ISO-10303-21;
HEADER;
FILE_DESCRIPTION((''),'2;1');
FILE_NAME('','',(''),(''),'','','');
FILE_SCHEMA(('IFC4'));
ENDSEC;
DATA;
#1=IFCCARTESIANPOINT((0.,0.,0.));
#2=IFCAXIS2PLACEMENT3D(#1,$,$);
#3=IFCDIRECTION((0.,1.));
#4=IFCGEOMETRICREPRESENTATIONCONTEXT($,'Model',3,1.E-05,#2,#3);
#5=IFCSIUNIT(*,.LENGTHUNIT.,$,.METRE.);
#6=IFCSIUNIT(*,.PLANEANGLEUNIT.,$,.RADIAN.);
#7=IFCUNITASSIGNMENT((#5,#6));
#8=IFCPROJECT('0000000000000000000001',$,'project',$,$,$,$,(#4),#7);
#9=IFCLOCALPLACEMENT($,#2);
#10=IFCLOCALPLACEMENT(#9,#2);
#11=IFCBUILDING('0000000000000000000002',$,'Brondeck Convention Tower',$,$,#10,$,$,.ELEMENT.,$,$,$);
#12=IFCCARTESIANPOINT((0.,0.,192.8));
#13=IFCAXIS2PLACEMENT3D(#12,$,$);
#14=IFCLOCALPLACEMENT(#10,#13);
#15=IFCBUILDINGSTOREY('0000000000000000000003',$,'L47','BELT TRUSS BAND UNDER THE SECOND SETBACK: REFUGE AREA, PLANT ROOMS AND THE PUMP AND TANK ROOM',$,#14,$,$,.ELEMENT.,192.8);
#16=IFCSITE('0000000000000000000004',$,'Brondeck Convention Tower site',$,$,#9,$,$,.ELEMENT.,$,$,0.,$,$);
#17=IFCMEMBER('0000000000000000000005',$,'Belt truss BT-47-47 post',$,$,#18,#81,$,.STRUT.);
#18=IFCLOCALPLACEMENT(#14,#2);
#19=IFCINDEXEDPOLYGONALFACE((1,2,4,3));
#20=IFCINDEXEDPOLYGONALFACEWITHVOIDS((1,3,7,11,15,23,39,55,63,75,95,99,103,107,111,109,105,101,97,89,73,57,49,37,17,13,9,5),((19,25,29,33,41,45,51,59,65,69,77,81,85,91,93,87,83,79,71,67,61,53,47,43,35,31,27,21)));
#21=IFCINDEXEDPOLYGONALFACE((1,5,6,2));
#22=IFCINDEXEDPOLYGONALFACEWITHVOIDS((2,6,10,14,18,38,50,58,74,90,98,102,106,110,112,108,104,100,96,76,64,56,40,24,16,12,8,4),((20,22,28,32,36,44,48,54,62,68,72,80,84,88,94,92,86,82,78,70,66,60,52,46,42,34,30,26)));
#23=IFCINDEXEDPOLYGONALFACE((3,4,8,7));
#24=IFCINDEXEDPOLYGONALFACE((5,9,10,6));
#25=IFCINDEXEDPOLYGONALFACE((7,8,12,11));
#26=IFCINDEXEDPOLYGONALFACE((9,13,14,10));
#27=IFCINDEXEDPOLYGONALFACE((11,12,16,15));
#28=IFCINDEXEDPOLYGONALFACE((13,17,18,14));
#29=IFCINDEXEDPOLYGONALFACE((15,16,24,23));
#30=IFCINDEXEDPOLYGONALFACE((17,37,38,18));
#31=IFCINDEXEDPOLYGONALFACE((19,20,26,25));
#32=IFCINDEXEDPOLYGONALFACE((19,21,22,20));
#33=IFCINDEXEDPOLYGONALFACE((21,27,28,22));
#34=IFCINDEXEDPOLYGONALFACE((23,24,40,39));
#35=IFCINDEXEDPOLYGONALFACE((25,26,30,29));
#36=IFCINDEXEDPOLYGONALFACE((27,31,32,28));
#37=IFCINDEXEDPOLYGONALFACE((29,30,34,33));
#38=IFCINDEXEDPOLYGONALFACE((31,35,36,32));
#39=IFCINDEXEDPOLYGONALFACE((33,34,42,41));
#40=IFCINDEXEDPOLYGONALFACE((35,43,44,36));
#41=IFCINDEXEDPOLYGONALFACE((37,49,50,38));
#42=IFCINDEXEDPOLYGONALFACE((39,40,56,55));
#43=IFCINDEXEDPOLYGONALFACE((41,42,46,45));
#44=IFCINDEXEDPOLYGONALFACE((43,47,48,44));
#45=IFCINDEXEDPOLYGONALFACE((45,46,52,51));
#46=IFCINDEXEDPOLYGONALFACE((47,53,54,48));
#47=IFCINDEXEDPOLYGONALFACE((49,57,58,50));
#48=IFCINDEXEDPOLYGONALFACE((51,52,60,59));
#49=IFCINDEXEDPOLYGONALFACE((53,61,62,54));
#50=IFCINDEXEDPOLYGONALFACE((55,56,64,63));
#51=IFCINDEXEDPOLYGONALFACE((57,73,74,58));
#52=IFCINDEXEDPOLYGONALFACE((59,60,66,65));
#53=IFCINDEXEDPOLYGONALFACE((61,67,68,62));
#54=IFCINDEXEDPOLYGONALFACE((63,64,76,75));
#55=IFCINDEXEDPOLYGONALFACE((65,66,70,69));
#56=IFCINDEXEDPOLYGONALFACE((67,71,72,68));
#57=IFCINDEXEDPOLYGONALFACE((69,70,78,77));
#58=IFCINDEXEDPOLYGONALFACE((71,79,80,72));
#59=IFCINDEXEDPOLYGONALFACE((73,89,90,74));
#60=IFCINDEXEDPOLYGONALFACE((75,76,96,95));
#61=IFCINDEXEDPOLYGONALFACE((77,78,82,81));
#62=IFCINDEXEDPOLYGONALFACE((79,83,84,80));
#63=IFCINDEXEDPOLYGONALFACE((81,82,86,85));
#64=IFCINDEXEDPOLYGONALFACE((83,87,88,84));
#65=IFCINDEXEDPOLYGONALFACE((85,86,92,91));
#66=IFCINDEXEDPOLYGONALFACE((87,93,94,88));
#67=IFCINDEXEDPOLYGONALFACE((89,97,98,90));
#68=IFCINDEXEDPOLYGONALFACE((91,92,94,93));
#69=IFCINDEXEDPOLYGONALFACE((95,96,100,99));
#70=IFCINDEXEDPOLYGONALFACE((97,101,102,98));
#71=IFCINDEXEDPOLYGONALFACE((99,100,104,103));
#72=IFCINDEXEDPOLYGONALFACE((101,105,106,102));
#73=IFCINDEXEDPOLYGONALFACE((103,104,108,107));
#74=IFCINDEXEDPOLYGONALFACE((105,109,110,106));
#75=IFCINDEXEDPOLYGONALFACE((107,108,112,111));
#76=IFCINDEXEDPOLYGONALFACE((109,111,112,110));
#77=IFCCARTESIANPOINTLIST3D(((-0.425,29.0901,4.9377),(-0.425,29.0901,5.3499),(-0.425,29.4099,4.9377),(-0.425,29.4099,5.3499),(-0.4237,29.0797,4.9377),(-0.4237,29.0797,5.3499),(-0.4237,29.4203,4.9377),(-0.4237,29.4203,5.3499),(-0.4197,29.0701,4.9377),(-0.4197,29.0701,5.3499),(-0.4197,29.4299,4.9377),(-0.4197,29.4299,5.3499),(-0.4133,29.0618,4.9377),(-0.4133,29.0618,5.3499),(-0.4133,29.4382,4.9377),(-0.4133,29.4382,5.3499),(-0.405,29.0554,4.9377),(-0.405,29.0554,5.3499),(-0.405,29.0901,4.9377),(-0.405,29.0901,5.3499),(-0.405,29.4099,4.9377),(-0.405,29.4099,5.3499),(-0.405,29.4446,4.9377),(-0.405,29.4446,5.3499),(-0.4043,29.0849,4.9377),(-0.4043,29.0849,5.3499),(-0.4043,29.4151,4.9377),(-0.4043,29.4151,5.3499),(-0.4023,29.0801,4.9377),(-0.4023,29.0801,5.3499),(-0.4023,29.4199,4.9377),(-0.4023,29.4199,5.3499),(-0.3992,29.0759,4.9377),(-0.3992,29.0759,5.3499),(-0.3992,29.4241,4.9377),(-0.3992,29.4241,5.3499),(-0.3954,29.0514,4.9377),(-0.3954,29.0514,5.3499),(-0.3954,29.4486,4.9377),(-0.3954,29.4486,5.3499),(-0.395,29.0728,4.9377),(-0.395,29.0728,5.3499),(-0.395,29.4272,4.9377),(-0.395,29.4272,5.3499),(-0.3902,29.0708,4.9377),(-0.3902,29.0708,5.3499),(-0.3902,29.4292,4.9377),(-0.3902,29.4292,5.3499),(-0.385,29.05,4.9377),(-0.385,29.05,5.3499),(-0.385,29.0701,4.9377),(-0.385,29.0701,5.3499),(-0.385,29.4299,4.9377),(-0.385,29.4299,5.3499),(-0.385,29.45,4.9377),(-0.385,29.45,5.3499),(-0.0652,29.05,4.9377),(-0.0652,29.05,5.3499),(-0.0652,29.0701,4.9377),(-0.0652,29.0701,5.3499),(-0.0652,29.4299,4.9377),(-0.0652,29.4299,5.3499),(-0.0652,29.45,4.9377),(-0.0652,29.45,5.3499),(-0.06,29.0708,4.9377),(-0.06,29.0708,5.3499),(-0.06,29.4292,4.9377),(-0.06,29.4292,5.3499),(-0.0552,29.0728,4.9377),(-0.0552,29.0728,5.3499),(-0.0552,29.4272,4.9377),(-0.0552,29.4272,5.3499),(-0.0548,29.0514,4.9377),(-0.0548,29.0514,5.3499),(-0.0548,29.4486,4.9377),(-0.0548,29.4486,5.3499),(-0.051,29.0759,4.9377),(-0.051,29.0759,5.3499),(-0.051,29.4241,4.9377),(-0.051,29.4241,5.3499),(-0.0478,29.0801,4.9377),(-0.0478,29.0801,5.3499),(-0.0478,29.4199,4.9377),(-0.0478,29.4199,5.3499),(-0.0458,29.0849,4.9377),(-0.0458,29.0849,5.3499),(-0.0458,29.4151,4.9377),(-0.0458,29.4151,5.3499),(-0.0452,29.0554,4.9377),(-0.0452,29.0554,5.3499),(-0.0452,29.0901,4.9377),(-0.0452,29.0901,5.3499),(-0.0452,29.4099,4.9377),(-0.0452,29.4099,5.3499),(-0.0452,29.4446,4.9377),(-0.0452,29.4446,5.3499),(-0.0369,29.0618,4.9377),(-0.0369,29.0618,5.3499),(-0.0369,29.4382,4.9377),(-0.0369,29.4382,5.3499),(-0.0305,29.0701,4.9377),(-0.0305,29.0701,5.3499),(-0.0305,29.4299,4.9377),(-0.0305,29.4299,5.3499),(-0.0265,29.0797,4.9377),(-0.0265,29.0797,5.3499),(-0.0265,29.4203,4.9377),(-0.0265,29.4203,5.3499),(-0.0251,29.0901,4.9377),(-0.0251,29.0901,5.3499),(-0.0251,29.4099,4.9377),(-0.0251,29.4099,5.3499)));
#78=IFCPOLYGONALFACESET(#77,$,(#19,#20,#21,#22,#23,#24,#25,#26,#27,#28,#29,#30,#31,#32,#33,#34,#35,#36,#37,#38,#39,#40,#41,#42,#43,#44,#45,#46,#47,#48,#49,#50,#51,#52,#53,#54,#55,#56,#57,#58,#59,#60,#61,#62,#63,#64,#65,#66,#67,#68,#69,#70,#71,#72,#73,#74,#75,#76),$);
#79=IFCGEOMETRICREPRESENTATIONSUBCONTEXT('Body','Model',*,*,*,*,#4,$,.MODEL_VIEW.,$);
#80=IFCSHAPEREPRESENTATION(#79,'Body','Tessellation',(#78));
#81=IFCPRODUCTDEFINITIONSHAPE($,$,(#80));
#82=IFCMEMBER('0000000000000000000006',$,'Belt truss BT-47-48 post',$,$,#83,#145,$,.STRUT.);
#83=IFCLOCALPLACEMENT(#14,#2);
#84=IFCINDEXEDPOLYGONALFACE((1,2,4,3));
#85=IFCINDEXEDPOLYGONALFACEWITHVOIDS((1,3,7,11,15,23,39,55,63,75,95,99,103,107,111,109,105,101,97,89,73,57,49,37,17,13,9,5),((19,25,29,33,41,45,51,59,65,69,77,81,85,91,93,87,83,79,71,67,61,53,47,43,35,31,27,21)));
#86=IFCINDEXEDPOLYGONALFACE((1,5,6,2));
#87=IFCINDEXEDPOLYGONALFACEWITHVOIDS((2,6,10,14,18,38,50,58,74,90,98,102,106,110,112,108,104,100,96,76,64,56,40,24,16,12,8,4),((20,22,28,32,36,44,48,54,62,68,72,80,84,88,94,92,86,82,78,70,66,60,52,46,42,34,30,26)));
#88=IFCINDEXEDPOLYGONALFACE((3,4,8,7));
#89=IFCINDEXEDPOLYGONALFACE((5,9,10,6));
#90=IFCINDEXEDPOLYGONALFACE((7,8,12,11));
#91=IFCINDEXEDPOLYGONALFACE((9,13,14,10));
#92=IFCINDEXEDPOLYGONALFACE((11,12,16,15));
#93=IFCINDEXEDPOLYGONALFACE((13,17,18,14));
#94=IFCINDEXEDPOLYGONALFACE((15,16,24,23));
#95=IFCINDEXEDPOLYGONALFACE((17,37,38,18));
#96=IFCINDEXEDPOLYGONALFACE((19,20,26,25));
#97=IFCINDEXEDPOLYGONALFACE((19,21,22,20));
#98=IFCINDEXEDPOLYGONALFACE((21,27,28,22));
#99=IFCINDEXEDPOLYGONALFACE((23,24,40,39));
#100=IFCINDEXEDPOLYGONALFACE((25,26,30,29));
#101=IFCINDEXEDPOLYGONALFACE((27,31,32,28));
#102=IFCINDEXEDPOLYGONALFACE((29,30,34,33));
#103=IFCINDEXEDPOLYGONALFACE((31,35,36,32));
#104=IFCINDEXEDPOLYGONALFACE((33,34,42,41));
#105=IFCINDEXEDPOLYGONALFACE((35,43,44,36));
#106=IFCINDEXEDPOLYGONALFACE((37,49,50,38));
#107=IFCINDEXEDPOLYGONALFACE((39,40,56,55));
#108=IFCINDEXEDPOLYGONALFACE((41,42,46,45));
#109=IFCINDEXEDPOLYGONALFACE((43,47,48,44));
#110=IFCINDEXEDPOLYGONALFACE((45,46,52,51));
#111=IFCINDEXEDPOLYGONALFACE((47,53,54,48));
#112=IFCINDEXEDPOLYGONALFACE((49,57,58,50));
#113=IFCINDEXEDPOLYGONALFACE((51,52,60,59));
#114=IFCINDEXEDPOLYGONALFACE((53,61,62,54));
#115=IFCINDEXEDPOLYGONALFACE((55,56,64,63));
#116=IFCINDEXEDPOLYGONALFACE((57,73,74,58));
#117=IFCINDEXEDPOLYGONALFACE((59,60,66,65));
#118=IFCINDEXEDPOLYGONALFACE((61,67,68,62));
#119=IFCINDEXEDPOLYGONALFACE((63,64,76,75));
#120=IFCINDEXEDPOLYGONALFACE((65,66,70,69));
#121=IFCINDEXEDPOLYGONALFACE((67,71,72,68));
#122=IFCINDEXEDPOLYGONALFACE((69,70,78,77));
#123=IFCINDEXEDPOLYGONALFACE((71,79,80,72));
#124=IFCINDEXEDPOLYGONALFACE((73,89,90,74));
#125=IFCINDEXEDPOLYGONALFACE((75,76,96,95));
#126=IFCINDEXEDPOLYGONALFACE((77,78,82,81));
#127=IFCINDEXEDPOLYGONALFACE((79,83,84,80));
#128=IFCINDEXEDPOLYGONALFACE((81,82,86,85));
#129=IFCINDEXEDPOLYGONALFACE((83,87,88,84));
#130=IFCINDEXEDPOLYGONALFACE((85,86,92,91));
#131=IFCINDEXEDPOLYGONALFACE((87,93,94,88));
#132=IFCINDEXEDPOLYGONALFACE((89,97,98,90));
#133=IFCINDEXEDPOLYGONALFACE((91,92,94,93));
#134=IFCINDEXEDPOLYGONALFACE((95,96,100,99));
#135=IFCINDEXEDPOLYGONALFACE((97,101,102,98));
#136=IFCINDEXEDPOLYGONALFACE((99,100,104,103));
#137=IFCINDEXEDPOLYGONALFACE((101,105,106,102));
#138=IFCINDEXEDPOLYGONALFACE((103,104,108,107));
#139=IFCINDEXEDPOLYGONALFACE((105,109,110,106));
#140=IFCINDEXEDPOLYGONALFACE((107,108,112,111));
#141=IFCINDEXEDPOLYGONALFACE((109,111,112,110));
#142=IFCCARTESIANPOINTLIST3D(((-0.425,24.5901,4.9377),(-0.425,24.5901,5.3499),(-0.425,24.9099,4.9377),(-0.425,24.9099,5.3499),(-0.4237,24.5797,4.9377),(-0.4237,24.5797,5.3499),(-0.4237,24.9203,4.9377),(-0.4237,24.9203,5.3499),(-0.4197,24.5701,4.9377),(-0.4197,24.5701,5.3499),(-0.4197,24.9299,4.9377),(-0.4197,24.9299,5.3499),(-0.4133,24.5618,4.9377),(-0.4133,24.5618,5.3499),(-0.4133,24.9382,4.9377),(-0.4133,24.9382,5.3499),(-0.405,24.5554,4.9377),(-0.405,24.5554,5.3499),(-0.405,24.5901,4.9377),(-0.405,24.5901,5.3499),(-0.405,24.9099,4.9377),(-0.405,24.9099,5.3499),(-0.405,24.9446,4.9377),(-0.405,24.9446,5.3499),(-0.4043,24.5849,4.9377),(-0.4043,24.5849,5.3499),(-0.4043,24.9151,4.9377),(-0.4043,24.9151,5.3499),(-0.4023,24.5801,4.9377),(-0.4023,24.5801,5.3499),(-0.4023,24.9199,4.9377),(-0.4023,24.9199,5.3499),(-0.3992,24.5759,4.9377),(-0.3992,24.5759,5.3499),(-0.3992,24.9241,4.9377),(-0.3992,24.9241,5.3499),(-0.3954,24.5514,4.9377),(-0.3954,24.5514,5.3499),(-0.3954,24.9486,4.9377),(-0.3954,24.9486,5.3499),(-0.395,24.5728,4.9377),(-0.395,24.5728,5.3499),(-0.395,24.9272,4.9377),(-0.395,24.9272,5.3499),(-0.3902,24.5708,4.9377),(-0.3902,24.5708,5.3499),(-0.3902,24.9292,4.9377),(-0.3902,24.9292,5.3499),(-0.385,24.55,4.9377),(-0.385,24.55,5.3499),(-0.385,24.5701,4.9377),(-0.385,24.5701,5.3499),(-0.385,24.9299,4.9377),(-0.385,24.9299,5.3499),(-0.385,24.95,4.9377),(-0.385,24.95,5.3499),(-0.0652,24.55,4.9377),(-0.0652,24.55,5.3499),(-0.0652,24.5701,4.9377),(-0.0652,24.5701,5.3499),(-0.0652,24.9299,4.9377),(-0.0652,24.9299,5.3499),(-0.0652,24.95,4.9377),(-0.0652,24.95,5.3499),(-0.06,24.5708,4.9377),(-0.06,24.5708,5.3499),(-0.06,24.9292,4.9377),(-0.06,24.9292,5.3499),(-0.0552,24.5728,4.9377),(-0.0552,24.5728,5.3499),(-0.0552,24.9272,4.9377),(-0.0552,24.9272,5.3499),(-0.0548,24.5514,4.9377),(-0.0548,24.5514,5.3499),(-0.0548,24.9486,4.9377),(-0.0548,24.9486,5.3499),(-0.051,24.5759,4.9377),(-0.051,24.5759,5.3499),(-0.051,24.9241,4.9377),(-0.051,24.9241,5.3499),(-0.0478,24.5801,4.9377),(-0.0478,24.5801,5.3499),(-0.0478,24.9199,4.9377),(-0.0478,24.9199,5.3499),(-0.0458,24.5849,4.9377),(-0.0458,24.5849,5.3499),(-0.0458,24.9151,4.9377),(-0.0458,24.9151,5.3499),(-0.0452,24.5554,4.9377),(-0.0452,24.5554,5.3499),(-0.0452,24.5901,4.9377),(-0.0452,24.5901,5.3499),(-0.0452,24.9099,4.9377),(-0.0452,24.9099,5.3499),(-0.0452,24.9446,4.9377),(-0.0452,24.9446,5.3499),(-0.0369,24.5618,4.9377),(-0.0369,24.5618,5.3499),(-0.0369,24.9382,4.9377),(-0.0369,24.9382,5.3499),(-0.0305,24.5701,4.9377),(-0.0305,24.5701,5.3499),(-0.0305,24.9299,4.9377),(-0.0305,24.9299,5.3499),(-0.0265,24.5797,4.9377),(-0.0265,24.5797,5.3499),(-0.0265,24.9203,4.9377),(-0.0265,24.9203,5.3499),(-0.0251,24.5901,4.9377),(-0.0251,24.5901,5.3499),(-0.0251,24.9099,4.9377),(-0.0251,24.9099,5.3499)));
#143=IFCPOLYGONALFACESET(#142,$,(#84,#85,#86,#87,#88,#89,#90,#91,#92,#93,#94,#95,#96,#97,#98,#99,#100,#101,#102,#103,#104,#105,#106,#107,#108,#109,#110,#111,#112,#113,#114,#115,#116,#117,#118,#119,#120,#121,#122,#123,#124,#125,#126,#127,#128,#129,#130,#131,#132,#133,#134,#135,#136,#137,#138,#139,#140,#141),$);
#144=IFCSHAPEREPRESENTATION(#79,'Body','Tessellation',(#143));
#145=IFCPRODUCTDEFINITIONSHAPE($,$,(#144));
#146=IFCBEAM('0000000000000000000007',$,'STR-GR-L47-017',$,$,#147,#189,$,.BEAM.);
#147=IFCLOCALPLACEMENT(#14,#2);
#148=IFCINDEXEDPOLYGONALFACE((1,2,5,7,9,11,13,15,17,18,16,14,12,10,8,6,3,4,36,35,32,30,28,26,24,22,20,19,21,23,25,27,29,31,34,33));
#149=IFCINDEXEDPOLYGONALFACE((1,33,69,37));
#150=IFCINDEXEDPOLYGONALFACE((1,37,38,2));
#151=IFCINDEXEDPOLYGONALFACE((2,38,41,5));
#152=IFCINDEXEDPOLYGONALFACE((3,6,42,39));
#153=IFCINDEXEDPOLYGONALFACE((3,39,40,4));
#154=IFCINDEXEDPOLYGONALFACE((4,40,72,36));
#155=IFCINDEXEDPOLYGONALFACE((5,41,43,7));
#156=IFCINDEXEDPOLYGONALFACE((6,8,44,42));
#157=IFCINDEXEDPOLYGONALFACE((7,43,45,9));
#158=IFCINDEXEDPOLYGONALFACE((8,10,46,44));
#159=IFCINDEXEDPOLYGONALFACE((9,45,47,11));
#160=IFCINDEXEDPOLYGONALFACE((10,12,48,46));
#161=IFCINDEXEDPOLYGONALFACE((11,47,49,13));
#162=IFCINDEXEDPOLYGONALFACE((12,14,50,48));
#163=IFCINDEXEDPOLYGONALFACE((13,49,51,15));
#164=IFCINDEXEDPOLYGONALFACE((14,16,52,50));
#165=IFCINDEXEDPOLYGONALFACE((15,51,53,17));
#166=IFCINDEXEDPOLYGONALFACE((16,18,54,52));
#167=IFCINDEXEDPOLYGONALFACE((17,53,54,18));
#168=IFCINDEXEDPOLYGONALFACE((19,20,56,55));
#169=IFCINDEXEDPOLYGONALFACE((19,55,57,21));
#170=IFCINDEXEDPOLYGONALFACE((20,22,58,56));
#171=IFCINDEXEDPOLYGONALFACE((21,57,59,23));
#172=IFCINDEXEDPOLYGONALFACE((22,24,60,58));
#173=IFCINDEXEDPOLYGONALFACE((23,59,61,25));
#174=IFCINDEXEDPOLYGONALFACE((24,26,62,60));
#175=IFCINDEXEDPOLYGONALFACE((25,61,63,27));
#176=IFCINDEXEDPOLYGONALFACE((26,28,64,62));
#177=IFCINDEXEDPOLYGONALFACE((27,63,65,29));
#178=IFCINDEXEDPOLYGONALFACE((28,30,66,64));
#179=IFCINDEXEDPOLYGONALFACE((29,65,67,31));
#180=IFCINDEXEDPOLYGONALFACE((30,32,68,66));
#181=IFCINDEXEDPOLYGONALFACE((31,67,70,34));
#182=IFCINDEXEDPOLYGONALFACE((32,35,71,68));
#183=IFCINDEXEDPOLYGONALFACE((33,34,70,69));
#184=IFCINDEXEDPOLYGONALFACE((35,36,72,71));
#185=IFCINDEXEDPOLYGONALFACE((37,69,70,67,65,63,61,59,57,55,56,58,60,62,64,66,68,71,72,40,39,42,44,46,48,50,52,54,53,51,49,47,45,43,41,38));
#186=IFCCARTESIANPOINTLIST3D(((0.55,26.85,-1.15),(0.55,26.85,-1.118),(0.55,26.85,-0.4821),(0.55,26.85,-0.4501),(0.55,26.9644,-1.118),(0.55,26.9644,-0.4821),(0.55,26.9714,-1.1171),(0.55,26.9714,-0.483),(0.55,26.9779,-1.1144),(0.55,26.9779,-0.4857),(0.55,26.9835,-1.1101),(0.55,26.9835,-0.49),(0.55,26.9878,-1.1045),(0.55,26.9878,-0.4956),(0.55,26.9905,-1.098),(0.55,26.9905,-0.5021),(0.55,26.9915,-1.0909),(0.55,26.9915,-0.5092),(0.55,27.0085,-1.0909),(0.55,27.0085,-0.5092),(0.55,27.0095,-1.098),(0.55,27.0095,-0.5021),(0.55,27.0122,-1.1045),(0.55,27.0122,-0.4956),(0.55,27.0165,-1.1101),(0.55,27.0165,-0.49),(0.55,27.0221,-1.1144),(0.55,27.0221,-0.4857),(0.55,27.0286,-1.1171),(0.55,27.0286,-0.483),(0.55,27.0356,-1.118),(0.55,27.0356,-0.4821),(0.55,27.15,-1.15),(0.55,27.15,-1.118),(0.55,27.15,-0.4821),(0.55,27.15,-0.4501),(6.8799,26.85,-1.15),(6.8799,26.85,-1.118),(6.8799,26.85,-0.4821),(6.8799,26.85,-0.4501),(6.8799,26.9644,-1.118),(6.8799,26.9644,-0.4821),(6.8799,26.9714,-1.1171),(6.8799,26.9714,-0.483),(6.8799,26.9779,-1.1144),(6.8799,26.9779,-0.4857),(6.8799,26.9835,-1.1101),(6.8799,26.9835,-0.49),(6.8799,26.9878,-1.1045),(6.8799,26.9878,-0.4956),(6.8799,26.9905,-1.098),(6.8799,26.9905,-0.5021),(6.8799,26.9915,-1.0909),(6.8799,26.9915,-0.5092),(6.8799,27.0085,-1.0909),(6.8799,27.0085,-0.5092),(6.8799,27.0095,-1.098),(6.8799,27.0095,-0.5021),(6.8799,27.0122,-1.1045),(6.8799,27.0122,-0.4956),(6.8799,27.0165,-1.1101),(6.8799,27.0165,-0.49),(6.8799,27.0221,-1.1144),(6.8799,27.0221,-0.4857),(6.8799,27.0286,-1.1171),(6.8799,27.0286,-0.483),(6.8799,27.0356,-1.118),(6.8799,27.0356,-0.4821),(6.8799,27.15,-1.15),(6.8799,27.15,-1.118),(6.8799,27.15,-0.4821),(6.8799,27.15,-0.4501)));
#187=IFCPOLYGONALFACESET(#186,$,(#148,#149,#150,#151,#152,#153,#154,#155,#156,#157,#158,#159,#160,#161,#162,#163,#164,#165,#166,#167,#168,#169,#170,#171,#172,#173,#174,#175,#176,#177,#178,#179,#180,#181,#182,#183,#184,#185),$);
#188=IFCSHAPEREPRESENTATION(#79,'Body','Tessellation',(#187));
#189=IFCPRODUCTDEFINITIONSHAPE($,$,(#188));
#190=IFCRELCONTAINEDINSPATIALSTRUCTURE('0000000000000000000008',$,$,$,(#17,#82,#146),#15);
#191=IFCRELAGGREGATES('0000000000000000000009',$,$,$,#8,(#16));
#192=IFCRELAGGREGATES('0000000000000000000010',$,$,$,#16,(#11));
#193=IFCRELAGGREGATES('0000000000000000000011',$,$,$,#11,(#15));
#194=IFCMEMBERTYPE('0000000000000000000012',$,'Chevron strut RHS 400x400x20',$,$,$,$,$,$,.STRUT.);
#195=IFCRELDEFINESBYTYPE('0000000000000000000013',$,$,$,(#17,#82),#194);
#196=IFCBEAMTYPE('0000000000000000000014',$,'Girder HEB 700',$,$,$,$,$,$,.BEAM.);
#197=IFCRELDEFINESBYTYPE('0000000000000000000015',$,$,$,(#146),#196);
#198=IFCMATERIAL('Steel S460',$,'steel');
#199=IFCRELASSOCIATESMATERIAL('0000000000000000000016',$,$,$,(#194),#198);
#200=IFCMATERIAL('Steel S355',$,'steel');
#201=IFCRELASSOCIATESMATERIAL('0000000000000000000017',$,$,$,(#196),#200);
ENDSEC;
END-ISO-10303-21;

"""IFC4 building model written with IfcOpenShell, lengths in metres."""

from ifc_helpers import new_model, si_unit, direction, frame, origin, origin_2d, place, context, subcontext, project, spatial, hollow_rectangle, i_section, extrude, material, material_profile, profile_set, type_object, element, save


model = new_model("IFC4")

# Units and contexts
model_context = context("Model", 3, precision=1e-05, world=origin(), true_north=direction((0.0, 1.0)))
body_context = subcontext(model_context, "Body", "Model", "MODEL_VIEW")
ifc_project = project(units=[si_unit("LENGTHUNIT", "METRE"), si_unit("PLANEANGLEUNIT", "RADIAN")], contexts=[model_context])

# Site, building, storey
site_placement = place(None, origin())
site = spatial("IfcSite", under=ifc_project, at=site_placement, Name="Brondeck Convention Tower site", CompositionType="ELEMENT", RefElevation=0.0)
building_placement = place(site_placement, origin())
building = spatial("IfcBuilding", under=site, at=building_placement, Name="Brondeck Convention Tower", CompositionType="ELEMENT")
storey_placement = place(building_placement, frame((0.0, 0.0, 192.8)))
storey = spatial("IfcBuildingStorey", under=building, at=storey_placement, Name="L47", Description="BELT TRUSS BAND UNDER THE SECOND SETBACK: REFUGE AREA, PLANT ROOMS AND THE PUMP AND TANK ROOM", CompositionType="ELEMENT", Elevation=192.8)

# Members
ifc_material_1 = material(Name="Steel S460", Category="steel")
ifc_material_profile_1 = material_profile(ifc_material_1, hollow_rectangle(XDim=0.3999, YDim=0.3999, WallThickness=0.02, InnerFilletRadius=0.02, OuterFilletRadius=0.04, at=origin_2d()), Name="RHS 400x400x20")
ifc_profile_set_1 = profile_set([ifc_material_profile_1], Name="Steel S460")
member_type_1 = type_object("IfcMemberType", Name="Chevron strut RHS 400x400x20", PredefinedType="STRUT", material=ifc_profile_set_1)
for number, where, z_axis, x_axis, name in (
    (1, (-0.2251, 29.25, 4.9377), (0.0, 0.0, 1.0), (1.0, 0.0, 0.0), "Belt truss BT-47-47 post"),
    (2, (-0.2251, 24.75, 4.9377), (0.0, 0.0, 1.0), (1.0, 0.0, 0.0), "Belt truss BT-47-48 post"),
):
    element("IfcMember", number, at=place(storey_placement, frame(where, z_axis=z_axis, x_axis=x_axis)), inside=storey, type_object=member_type_1, Name=name, PredefinedType="STRUT", context=body_context, shape_type="SweptSolid", body=[
        extrude(hollow_rectangle(XDim=0.3999, YDim=0.3999, WallThickness=0.02, InnerFilletRadius=0.02, OuterFilletRadius=0.04, at=origin_2d()), origin(), (0.0, 0.0, 1.0), 0.4121),
    ])

# Beam
ifc_material_2 = material(Name="Steel S355", Category="steel")
ifc_material_profile_2 = material_profile(ifc_material_2, i_section(OverallWidth=0.3, OverallDepth=0.7, WebThickness=0.0171, FlangeThickness=0.032, FilletRadius=0.0271, at=origin_2d()), Name="HEB 700")
ifc_profile_set_2 = profile_set([ifc_material_profile_2], Name="Steel S355")
beam_type_1 = type_object("IfcBeamType", Name="Girder HEB 700", PredefinedType="BEAM", material=ifc_profile_set_2)
beam_placement = place(storey_placement, frame((0.55, 27.0, -0.8), z_axis=(1.0, 0.0, 0.0), x_axis=(0.0, 1.0, 0.0)))
element("IfcBeam", 3, at=beam_placement, inside=storey, type_object=beam_type_1, Name="STR-GR-L47-017", PredefinedType="BEAM", context=body_context, shape_type="SweptSolid", body=[
    extrude(i_section(OverallWidth=0.3, OverallDepth=0.7, WebThickness=0.0171, FlangeThickness=0.032, FilletRadius=0.0271, at=origin_2d()), origin(), (0.0, 0.0, 1.0), 6.3298),
])

save(model, "model.ifc")
